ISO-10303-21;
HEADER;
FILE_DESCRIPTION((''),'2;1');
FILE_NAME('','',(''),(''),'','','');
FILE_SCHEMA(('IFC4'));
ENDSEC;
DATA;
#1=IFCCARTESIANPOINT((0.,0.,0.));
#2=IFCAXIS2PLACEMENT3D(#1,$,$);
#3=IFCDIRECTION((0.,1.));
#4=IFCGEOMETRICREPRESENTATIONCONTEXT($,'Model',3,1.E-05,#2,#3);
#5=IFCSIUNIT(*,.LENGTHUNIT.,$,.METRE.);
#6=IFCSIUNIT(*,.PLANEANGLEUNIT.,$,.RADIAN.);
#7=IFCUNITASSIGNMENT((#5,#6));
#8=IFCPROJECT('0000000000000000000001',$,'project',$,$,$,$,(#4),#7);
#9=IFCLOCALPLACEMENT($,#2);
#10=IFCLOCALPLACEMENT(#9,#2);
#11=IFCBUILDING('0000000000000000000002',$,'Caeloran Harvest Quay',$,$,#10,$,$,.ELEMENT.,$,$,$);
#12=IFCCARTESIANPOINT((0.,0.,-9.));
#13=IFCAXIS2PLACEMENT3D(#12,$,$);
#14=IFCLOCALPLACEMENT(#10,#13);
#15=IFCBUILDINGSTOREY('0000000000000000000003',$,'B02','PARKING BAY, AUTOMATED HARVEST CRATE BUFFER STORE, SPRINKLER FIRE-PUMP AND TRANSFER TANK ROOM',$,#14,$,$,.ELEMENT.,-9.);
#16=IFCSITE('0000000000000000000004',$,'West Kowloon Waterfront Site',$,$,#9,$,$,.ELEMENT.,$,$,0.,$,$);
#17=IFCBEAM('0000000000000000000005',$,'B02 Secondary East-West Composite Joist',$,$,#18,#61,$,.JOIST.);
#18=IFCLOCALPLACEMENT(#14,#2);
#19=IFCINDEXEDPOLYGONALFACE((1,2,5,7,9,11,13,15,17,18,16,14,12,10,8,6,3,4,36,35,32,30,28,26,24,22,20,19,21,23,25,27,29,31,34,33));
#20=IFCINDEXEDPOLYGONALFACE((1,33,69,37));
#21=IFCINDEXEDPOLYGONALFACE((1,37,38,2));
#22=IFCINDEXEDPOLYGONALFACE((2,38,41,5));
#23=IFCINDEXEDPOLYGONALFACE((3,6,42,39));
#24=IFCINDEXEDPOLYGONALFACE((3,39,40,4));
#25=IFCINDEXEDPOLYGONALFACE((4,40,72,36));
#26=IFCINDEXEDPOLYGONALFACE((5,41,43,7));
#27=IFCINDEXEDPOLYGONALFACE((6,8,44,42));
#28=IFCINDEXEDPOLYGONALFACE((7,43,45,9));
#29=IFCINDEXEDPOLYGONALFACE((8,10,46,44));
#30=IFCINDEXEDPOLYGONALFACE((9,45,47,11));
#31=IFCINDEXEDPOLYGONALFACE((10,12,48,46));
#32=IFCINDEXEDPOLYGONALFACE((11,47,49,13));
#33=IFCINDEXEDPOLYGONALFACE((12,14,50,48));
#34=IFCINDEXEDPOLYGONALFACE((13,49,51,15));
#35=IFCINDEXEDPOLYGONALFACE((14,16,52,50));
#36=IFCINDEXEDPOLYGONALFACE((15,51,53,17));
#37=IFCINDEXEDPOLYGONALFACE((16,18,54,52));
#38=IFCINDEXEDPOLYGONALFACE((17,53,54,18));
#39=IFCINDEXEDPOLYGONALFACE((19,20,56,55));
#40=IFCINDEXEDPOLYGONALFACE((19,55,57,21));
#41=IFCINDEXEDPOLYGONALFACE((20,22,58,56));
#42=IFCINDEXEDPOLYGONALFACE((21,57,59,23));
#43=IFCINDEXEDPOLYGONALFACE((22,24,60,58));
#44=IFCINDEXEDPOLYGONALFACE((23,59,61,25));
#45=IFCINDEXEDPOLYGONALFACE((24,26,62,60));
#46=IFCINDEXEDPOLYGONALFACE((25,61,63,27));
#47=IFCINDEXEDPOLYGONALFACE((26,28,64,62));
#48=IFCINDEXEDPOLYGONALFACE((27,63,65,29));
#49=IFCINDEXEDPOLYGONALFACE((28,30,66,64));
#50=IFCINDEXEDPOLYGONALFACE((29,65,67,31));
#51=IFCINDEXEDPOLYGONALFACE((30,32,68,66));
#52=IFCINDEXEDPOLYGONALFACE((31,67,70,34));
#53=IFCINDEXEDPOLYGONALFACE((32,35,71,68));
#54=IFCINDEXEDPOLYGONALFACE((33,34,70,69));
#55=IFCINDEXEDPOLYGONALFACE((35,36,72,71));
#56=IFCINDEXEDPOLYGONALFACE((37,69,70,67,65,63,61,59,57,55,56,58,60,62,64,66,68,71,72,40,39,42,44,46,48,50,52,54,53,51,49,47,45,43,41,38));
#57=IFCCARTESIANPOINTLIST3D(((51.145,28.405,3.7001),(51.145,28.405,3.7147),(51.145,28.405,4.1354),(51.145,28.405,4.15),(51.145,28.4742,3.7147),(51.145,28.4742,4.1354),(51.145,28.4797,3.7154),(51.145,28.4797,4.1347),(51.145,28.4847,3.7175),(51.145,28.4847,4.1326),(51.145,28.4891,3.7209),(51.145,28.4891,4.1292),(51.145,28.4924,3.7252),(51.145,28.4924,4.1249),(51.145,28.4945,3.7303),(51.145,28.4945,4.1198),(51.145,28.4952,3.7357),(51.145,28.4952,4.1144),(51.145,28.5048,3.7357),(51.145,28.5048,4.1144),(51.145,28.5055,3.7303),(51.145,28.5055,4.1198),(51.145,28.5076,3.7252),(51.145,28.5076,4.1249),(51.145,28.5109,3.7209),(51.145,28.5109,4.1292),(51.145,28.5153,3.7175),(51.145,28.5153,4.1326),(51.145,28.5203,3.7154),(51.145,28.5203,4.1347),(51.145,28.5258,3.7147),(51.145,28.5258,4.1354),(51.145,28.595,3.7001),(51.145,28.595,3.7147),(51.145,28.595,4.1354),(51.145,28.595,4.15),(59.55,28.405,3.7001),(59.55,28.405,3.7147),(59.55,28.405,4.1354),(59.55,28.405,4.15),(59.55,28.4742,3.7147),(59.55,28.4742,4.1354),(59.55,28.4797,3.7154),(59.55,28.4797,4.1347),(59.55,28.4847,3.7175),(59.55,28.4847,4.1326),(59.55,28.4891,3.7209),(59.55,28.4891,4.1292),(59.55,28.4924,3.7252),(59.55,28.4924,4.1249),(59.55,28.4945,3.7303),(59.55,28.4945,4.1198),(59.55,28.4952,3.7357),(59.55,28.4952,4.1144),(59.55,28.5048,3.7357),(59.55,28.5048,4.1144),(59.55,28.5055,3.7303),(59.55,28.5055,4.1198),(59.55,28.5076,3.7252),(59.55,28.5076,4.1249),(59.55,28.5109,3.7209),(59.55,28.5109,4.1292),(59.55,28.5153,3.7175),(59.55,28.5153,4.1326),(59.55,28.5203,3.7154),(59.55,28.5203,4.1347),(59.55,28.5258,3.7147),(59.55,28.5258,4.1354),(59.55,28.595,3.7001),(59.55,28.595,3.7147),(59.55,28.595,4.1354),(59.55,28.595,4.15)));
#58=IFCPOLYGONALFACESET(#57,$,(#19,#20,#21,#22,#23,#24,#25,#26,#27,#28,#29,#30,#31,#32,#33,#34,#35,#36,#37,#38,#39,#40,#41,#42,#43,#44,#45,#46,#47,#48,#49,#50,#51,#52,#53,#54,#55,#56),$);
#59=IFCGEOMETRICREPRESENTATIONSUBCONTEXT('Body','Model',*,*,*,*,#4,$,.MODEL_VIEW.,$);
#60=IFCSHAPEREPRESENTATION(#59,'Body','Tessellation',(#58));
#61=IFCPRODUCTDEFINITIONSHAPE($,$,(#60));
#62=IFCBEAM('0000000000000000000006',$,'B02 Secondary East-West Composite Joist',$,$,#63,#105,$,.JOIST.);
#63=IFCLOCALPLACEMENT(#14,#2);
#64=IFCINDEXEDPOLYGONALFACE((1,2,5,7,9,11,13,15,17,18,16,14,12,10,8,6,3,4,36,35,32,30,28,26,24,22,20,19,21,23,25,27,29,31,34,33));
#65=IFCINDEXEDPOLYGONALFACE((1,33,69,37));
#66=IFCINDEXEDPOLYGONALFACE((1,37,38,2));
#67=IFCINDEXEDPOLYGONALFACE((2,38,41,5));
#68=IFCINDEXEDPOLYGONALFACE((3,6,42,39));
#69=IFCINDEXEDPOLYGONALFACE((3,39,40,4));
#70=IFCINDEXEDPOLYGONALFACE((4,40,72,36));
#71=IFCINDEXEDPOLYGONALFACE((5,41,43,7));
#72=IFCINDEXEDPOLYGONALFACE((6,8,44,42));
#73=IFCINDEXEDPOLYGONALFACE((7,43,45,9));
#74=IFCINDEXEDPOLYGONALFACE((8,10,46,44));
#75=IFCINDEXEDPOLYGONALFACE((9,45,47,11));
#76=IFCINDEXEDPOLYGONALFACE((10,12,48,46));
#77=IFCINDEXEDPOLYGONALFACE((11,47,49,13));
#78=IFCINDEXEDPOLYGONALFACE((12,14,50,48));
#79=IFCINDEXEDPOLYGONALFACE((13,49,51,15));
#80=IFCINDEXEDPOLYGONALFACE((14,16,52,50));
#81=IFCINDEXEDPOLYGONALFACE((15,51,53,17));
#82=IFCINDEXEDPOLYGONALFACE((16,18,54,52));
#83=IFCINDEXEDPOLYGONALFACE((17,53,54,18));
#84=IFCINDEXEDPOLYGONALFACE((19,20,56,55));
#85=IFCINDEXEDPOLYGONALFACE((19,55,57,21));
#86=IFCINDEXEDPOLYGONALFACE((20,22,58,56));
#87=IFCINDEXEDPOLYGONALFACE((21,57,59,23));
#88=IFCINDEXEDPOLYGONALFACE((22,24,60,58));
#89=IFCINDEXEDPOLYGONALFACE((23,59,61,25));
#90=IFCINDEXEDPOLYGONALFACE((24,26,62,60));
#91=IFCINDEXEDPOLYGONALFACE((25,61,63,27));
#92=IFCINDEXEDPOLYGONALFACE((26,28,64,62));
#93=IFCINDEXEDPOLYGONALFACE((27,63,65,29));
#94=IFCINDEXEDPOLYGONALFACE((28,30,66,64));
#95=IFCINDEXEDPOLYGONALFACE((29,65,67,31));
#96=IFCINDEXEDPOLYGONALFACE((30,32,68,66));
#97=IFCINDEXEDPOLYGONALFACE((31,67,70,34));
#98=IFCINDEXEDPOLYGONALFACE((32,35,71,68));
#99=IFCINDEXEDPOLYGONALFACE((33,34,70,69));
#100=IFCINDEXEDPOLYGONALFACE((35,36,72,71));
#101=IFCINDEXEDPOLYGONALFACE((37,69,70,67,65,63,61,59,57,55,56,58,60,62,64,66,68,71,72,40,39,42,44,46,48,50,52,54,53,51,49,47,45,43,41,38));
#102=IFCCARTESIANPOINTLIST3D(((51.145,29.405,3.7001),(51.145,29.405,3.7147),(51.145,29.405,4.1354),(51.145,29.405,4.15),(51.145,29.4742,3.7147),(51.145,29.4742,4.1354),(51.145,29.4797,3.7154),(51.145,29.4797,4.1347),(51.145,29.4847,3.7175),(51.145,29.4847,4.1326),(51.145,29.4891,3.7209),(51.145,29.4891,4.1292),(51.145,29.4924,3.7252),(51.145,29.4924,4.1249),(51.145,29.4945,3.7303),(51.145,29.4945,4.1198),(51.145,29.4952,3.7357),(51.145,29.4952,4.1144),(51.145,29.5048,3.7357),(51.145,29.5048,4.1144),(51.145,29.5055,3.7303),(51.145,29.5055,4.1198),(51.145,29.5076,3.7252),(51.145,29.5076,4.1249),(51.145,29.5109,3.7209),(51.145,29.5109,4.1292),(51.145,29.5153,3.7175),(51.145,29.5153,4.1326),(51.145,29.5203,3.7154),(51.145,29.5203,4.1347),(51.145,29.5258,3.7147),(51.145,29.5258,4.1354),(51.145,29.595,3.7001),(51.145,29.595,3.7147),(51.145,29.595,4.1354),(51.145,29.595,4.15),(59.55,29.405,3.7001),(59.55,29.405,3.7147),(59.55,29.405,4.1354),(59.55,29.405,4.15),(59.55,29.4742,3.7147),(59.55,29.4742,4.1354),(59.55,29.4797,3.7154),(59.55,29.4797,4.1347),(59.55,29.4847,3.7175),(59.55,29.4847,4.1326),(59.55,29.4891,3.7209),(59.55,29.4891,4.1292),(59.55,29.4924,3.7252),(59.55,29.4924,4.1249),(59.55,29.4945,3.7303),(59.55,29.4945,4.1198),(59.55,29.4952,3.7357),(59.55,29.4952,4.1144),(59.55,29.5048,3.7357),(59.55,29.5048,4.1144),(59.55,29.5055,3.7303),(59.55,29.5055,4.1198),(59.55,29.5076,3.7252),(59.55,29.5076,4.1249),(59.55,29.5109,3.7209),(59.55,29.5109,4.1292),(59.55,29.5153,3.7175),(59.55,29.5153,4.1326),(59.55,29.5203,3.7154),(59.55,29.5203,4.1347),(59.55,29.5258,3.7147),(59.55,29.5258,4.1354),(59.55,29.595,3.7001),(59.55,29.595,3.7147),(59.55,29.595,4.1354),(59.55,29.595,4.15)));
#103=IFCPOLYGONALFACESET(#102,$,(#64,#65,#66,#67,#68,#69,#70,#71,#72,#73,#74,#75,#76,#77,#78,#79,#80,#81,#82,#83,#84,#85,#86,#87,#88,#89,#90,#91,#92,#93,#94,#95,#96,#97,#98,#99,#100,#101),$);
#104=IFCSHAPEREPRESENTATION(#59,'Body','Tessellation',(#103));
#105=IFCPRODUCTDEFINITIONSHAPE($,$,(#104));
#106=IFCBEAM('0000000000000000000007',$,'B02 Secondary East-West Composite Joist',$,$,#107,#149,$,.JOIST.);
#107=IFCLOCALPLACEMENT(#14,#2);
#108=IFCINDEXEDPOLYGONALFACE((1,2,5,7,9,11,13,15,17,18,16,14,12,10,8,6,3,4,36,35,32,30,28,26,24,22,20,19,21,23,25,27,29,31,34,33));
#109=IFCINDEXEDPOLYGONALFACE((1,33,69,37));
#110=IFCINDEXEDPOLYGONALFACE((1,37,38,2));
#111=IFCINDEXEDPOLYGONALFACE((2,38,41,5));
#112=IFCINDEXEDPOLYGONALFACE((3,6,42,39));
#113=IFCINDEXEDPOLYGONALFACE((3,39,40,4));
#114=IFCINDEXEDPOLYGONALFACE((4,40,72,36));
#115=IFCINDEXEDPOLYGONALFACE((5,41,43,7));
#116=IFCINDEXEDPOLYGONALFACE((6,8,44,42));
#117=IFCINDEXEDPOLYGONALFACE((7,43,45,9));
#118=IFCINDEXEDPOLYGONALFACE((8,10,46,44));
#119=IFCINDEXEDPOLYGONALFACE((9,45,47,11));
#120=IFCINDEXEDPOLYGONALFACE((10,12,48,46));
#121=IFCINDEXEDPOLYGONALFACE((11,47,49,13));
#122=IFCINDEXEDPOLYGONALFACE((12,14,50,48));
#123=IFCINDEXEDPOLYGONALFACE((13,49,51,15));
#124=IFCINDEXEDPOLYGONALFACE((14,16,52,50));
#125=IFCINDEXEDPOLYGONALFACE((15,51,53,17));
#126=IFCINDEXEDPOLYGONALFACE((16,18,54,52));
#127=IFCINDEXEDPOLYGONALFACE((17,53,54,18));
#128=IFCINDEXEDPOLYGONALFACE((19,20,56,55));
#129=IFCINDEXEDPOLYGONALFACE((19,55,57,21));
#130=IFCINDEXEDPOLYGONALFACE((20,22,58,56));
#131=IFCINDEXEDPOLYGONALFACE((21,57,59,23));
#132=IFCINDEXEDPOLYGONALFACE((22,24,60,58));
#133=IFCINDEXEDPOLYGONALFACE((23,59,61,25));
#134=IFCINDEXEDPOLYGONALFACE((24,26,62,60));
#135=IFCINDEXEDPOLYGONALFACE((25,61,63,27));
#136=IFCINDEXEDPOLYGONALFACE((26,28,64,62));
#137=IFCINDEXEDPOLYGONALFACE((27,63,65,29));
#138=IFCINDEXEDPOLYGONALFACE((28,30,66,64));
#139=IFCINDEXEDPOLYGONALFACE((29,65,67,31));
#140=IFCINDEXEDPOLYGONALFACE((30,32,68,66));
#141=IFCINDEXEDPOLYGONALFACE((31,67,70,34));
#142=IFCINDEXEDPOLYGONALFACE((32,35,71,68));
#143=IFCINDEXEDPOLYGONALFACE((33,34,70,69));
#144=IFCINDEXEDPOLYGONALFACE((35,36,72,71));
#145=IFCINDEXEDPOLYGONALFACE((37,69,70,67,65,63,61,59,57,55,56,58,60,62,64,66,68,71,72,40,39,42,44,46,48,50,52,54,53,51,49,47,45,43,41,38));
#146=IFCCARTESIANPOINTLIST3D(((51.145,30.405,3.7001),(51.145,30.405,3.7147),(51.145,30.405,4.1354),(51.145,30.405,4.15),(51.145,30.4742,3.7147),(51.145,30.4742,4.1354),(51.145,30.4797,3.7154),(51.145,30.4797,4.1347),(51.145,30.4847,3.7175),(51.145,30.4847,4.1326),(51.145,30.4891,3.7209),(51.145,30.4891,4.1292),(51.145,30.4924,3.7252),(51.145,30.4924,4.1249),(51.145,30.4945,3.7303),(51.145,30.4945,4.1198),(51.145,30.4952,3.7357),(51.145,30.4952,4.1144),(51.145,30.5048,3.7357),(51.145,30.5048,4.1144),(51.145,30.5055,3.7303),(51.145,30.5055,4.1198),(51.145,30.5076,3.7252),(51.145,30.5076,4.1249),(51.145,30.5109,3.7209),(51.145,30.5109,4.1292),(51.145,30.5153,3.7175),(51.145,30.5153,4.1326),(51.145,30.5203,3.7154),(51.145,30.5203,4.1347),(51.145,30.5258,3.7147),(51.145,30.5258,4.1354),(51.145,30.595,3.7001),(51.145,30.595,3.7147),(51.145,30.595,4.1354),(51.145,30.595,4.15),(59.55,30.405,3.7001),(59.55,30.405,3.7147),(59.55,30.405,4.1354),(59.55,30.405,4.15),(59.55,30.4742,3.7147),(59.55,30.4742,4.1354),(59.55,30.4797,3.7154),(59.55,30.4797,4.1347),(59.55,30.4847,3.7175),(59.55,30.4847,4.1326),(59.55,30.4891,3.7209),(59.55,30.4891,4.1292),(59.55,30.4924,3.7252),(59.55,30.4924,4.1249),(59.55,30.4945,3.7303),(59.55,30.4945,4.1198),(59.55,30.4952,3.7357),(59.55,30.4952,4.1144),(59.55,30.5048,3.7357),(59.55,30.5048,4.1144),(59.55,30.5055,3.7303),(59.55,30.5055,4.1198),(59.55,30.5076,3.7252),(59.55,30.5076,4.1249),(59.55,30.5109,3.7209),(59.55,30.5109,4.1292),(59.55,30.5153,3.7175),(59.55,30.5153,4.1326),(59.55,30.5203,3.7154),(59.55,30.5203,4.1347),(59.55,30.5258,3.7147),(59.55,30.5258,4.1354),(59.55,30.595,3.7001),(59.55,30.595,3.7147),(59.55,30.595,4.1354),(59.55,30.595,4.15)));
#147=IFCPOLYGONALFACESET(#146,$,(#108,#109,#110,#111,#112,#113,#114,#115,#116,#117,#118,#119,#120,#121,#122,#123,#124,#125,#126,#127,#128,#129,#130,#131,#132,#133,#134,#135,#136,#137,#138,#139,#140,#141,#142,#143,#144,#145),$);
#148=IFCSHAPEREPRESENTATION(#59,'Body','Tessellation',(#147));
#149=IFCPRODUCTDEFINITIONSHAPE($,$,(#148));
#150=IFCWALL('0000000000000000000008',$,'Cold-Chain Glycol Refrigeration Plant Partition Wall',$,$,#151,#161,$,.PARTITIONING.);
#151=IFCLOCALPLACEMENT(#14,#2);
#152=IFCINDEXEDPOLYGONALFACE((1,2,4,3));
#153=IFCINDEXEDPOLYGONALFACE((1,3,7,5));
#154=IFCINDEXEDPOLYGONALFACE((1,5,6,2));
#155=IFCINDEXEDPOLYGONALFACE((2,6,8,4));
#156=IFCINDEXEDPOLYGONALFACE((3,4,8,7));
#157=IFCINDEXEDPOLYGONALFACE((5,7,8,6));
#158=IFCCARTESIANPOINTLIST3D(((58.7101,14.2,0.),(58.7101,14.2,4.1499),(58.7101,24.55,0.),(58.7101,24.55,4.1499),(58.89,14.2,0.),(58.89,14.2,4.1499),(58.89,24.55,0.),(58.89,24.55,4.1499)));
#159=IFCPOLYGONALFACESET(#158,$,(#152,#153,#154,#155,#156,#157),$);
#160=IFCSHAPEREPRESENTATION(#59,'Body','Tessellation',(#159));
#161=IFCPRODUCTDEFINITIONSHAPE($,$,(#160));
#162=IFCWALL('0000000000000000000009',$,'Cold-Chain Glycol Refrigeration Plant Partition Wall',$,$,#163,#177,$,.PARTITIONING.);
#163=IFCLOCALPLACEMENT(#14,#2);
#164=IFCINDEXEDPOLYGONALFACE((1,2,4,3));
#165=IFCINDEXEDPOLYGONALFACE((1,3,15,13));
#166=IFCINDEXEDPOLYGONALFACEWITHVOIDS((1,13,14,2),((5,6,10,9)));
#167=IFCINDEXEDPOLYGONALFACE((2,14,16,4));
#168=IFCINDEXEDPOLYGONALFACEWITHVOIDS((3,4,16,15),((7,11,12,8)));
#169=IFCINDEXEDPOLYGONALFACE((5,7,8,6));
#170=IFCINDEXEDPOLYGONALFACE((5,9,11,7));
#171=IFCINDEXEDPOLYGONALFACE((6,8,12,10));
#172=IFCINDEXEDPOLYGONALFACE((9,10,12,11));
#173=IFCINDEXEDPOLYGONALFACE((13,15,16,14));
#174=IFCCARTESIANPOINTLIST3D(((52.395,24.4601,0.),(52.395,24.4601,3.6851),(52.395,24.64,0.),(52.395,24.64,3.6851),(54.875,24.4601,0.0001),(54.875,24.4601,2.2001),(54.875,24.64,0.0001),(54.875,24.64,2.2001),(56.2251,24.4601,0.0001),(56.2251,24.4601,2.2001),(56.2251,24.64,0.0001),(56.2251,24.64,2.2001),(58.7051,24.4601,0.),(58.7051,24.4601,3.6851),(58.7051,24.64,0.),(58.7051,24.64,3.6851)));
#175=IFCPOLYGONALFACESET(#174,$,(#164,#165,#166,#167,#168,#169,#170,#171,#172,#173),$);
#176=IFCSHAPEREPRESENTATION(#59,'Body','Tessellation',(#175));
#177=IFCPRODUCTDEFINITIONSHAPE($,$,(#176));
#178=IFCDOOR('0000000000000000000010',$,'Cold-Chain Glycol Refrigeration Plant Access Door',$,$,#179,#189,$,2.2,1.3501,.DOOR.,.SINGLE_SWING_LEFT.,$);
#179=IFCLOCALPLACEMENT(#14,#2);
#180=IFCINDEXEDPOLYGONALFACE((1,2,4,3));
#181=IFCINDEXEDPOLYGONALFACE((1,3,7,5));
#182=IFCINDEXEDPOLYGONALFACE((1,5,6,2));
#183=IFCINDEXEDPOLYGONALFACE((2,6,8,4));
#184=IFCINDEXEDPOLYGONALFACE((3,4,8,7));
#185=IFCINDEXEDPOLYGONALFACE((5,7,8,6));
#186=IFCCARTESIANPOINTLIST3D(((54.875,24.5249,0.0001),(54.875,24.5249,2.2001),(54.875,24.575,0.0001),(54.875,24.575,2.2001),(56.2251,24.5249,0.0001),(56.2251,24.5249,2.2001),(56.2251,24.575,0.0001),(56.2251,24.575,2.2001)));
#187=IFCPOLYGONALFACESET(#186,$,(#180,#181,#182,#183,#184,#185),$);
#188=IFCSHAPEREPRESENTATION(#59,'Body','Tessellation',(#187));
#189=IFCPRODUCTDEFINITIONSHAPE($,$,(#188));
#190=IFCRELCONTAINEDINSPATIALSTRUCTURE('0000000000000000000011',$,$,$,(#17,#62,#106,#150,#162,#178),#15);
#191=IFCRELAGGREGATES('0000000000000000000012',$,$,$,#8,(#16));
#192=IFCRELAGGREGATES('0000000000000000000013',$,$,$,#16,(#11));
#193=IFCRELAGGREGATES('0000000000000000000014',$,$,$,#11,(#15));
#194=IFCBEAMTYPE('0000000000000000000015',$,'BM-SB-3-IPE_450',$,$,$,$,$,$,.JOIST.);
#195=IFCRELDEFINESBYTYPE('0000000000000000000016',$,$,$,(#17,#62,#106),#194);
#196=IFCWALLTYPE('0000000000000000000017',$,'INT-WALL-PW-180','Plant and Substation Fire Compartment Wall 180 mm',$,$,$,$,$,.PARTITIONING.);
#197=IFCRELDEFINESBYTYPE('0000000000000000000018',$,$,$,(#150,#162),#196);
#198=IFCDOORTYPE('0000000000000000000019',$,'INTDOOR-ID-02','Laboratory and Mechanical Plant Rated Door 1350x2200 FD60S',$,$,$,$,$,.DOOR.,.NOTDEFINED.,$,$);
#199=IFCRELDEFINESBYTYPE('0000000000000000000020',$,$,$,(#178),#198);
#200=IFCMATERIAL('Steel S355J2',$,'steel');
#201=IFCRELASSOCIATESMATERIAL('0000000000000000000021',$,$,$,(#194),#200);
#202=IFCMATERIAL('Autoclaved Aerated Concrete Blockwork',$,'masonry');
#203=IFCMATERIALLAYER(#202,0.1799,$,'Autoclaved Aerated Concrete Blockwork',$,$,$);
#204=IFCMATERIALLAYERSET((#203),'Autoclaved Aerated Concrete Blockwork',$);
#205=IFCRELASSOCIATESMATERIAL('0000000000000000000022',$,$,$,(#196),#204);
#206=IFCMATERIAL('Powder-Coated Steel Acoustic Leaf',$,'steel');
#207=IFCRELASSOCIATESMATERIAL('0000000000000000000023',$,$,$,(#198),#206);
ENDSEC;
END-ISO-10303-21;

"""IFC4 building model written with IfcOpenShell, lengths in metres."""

from ifc_helpers import new_model, si_unit, direction, frame, frame_2d, origin, origin_2d, place, context, subcontext, project, spatial, rectangle, i_section, extrude, material, layer, layer_set, material_profile, profile_set, type_object, element, fill, save


model = new_model("IFC4")

# Units and contexts
model_context = context("Model", 3, precision=1e-05, world=origin(), true_north=direction((0.0, 1.0)))
body_context = subcontext(model_context, "Body", "Model", "MODEL_VIEW")
ifc_project = project(units=[si_unit("LENGTHUNIT", "METRE"), si_unit("PLANEANGLEUNIT", "RADIAN")], contexts=[model_context])

# Site, building, storey
site_placement = place(None, origin())
site = spatial("IfcSite", under=ifc_project, at=site_placement, Name="West Kowloon Waterfront Site", CompositionType="ELEMENT", RefElevation=0.0)
building_placement = place(site_placement, origin())
building = spatial("IfcBuilding", under=site, at=building_placement, Name="Caeloran Harvest Quay", CompositionType="ELEMENT")
storey_placement = place(building_placement, frame((0.0, 0.0, -9.0)))
storey = spatial("IfcBuildingStorey", under=building, at=storey_placement, Name="B02", Description="PARKING BAY, AUTOMATED HARVEST CRATE BUFFER STORE, SPRINKLER FIRE-PUMP AND TRANSFER TANK ROOM", CompositionType="ELEMENT", Elevation=-9.0)

# Beams
ifc_material_1 = material(Name="Steel S355J2", Category="steel")
ifc_material_profile_1 = material_profile(ifc_material_1, i_section(OverallWidth=0.1899, OverallDepth=0.45, WebThickness=0.0095, FlangeThickness=0.0146, FilletRadius=0.021, at=origin_2d()), Name="IPE 450")
ifc_profile_set_1 = profile_set([ifc_material_profile_1], Name="Steel S355J2")
beam_type_1 = type_object("IfcBeamType", Name="BM-SB-3-IPE_450", PredefinedType="JOIST", material=ifc_profile_set_1)
for number, where, z_axis, x_axis, name in (
    (1, (51.145, 28.5, 3.925), (1.0, 0.0, 0.0), (0.0, 1.0, 0.0), "B02 Secondary East-West Composite Joist"),
    (2, (51.145, 29.5, 3.925), (1.0, 0.0, 0.0), (0.0, 1.0, 0.0), "B02 Secondary East-West Composite Joist"),
    (3, (51.145, 30.5, 3.925), (1.0, 0.0, 0.0), (0.0, 1.0, 0.0), "B02 Secondary East-West Composite Joist"),
):
    element("IfcBeam", number, at=place(storey_placement, frame(where, z_axis=z_axis, x_axis=x_axis)), inside=storey, type_object=beam_type_1, Name=name, PredefinedType="JOIST", context=body_context, shape_type="SweptSolid", body=[
        extrude(i_section(OverallWidth=0.1899, OverallDepth=0.45, WebThickness=0.0095, FlangeThickness=0.0146, FilletRadius=0.021, at=origin_2d()), origin(), (0.0, 0.0, 1.0), 8.405),
    ])

# Wall
ifc_material_2 = material(Name="Autoclaved Aerated Concrete Blockwork", Category="masonry")
ifc_layer = layer(ifc_material_2, 0.1799, Name="Autoclaved Aerated Concrete Blockwork")
ifc_layer_set = layer_set([ifc_layer], Name="Autoclaved Aerated Concrete Blockwork")
wall_type = type_object("IfcWallType", Name="INT-WALL-PW-180", Description="Plant and Substation Fire Compartment Wall 180 mm", PredefinedType="PARTITIONING", material=ifc_layer_set)
wall_1_placement = place(storey_placement, frame((58.8, 24.55, 0.0), z_axis=(0.0, 0.0, 1.0), x_axis=(0.0, -1.0, 0.0)))
element("IfcWall", 4, at=wall_1_placement, inside=storey, type_object=wall_type, Name="Cold-Chain Glycol Refrigeration Plant Partition Wall", PredefinedType="PARTITIONING", context=body_context, shape_type="SweptSolid", body=[
    extrude(rectangle(XDim=10.3501, YDim=0.1799, at=frame_2d((5.175, 0.0))), origin(), (0.0, 0.0, 1.0), 4.1499),
])

# Wall, opening, door
wall_2_placement = place(storey_placement, frame((52.395, 24.55, 0.0), z_axis=(0.0, 0.0, 1.0), x_axis=(1.0, 0.0, 0.0)))
wall_2 = element("IfcWall", 5, at=wall_2_placement, inside=storey, type_object=wall_type, Name="Cold-Chain Glycol Refrigeration Plant Partition Wall", PredefinedType="PARTITIONING", context=body_context, shape_type="SweptSolid", body=[
    extrude(rectangle(XDim=6.3101, YDim=0.1799, at=frame_2d((3.155, 0.0))), origin(), (0.0, 0.0, 1.0), 3.6851),
])
opening_1_placement = place(wall_2_placement, frame((2.48, 0.0, 0.0)))
opening_1 = element("IfcOpeningElement", 6, at=opening_1_placement, cuts=wall_2, PredefinedType="OPENING", context=body_context, shape_type="SweptSolid", body=[
    extrude(rectangle(XDim=1.3501, YDim=2.2, at=frame_2d((0.675, 1.1001))), frame((0.0, 0.1001, 0.0), z_axis=(0.0, -1.0, 0.0), x_axis=(1.0, 0.0, 0.0)), (0.0, 0.0, 1.0), 0.2),
])
ifc_material_3 = material(Name="Powder-Coated Steel Acoustic Leaf", Category="steel")
door_type = type_object("IfcDoorType", Name="INTDOOR-ID-02", Description="Laboratory and Mechanical Plant Rated Door 1350x2200 FD60S", OperationType="NOTDEFINED", PredefinedType="DOOR", material=ifc_material_3)
door_1_placement = place(opening_1_placement, origin())
door_1 = element("IfcDoor", 7, at=door_1_placement, inside=storey, type_object=door_type, Name="Cold-Chain Glycol Refrigeration Plant Access Door", OperationType="SINGLE_SWING_LEFT", OverallHeight=2.2, OverallWidth=1.3501, PredefinedType="DOOR", context=body_context, shape_type="SweptSolid", body=[
    extrude(rectangle(XDim=1.3501, YDim=2.2, at=frame_2d((0.675, 1.1001))), frame((0.0, 0.0249, 0.0), z_axis=(0.0, -1.0, 0.0), x_axis=(1.0, 0.0, 0.0)), (0.0, 0.0, 1.0), 0.05),
])
fill(opening_1, door_1)

save(model, "model.ifc")
